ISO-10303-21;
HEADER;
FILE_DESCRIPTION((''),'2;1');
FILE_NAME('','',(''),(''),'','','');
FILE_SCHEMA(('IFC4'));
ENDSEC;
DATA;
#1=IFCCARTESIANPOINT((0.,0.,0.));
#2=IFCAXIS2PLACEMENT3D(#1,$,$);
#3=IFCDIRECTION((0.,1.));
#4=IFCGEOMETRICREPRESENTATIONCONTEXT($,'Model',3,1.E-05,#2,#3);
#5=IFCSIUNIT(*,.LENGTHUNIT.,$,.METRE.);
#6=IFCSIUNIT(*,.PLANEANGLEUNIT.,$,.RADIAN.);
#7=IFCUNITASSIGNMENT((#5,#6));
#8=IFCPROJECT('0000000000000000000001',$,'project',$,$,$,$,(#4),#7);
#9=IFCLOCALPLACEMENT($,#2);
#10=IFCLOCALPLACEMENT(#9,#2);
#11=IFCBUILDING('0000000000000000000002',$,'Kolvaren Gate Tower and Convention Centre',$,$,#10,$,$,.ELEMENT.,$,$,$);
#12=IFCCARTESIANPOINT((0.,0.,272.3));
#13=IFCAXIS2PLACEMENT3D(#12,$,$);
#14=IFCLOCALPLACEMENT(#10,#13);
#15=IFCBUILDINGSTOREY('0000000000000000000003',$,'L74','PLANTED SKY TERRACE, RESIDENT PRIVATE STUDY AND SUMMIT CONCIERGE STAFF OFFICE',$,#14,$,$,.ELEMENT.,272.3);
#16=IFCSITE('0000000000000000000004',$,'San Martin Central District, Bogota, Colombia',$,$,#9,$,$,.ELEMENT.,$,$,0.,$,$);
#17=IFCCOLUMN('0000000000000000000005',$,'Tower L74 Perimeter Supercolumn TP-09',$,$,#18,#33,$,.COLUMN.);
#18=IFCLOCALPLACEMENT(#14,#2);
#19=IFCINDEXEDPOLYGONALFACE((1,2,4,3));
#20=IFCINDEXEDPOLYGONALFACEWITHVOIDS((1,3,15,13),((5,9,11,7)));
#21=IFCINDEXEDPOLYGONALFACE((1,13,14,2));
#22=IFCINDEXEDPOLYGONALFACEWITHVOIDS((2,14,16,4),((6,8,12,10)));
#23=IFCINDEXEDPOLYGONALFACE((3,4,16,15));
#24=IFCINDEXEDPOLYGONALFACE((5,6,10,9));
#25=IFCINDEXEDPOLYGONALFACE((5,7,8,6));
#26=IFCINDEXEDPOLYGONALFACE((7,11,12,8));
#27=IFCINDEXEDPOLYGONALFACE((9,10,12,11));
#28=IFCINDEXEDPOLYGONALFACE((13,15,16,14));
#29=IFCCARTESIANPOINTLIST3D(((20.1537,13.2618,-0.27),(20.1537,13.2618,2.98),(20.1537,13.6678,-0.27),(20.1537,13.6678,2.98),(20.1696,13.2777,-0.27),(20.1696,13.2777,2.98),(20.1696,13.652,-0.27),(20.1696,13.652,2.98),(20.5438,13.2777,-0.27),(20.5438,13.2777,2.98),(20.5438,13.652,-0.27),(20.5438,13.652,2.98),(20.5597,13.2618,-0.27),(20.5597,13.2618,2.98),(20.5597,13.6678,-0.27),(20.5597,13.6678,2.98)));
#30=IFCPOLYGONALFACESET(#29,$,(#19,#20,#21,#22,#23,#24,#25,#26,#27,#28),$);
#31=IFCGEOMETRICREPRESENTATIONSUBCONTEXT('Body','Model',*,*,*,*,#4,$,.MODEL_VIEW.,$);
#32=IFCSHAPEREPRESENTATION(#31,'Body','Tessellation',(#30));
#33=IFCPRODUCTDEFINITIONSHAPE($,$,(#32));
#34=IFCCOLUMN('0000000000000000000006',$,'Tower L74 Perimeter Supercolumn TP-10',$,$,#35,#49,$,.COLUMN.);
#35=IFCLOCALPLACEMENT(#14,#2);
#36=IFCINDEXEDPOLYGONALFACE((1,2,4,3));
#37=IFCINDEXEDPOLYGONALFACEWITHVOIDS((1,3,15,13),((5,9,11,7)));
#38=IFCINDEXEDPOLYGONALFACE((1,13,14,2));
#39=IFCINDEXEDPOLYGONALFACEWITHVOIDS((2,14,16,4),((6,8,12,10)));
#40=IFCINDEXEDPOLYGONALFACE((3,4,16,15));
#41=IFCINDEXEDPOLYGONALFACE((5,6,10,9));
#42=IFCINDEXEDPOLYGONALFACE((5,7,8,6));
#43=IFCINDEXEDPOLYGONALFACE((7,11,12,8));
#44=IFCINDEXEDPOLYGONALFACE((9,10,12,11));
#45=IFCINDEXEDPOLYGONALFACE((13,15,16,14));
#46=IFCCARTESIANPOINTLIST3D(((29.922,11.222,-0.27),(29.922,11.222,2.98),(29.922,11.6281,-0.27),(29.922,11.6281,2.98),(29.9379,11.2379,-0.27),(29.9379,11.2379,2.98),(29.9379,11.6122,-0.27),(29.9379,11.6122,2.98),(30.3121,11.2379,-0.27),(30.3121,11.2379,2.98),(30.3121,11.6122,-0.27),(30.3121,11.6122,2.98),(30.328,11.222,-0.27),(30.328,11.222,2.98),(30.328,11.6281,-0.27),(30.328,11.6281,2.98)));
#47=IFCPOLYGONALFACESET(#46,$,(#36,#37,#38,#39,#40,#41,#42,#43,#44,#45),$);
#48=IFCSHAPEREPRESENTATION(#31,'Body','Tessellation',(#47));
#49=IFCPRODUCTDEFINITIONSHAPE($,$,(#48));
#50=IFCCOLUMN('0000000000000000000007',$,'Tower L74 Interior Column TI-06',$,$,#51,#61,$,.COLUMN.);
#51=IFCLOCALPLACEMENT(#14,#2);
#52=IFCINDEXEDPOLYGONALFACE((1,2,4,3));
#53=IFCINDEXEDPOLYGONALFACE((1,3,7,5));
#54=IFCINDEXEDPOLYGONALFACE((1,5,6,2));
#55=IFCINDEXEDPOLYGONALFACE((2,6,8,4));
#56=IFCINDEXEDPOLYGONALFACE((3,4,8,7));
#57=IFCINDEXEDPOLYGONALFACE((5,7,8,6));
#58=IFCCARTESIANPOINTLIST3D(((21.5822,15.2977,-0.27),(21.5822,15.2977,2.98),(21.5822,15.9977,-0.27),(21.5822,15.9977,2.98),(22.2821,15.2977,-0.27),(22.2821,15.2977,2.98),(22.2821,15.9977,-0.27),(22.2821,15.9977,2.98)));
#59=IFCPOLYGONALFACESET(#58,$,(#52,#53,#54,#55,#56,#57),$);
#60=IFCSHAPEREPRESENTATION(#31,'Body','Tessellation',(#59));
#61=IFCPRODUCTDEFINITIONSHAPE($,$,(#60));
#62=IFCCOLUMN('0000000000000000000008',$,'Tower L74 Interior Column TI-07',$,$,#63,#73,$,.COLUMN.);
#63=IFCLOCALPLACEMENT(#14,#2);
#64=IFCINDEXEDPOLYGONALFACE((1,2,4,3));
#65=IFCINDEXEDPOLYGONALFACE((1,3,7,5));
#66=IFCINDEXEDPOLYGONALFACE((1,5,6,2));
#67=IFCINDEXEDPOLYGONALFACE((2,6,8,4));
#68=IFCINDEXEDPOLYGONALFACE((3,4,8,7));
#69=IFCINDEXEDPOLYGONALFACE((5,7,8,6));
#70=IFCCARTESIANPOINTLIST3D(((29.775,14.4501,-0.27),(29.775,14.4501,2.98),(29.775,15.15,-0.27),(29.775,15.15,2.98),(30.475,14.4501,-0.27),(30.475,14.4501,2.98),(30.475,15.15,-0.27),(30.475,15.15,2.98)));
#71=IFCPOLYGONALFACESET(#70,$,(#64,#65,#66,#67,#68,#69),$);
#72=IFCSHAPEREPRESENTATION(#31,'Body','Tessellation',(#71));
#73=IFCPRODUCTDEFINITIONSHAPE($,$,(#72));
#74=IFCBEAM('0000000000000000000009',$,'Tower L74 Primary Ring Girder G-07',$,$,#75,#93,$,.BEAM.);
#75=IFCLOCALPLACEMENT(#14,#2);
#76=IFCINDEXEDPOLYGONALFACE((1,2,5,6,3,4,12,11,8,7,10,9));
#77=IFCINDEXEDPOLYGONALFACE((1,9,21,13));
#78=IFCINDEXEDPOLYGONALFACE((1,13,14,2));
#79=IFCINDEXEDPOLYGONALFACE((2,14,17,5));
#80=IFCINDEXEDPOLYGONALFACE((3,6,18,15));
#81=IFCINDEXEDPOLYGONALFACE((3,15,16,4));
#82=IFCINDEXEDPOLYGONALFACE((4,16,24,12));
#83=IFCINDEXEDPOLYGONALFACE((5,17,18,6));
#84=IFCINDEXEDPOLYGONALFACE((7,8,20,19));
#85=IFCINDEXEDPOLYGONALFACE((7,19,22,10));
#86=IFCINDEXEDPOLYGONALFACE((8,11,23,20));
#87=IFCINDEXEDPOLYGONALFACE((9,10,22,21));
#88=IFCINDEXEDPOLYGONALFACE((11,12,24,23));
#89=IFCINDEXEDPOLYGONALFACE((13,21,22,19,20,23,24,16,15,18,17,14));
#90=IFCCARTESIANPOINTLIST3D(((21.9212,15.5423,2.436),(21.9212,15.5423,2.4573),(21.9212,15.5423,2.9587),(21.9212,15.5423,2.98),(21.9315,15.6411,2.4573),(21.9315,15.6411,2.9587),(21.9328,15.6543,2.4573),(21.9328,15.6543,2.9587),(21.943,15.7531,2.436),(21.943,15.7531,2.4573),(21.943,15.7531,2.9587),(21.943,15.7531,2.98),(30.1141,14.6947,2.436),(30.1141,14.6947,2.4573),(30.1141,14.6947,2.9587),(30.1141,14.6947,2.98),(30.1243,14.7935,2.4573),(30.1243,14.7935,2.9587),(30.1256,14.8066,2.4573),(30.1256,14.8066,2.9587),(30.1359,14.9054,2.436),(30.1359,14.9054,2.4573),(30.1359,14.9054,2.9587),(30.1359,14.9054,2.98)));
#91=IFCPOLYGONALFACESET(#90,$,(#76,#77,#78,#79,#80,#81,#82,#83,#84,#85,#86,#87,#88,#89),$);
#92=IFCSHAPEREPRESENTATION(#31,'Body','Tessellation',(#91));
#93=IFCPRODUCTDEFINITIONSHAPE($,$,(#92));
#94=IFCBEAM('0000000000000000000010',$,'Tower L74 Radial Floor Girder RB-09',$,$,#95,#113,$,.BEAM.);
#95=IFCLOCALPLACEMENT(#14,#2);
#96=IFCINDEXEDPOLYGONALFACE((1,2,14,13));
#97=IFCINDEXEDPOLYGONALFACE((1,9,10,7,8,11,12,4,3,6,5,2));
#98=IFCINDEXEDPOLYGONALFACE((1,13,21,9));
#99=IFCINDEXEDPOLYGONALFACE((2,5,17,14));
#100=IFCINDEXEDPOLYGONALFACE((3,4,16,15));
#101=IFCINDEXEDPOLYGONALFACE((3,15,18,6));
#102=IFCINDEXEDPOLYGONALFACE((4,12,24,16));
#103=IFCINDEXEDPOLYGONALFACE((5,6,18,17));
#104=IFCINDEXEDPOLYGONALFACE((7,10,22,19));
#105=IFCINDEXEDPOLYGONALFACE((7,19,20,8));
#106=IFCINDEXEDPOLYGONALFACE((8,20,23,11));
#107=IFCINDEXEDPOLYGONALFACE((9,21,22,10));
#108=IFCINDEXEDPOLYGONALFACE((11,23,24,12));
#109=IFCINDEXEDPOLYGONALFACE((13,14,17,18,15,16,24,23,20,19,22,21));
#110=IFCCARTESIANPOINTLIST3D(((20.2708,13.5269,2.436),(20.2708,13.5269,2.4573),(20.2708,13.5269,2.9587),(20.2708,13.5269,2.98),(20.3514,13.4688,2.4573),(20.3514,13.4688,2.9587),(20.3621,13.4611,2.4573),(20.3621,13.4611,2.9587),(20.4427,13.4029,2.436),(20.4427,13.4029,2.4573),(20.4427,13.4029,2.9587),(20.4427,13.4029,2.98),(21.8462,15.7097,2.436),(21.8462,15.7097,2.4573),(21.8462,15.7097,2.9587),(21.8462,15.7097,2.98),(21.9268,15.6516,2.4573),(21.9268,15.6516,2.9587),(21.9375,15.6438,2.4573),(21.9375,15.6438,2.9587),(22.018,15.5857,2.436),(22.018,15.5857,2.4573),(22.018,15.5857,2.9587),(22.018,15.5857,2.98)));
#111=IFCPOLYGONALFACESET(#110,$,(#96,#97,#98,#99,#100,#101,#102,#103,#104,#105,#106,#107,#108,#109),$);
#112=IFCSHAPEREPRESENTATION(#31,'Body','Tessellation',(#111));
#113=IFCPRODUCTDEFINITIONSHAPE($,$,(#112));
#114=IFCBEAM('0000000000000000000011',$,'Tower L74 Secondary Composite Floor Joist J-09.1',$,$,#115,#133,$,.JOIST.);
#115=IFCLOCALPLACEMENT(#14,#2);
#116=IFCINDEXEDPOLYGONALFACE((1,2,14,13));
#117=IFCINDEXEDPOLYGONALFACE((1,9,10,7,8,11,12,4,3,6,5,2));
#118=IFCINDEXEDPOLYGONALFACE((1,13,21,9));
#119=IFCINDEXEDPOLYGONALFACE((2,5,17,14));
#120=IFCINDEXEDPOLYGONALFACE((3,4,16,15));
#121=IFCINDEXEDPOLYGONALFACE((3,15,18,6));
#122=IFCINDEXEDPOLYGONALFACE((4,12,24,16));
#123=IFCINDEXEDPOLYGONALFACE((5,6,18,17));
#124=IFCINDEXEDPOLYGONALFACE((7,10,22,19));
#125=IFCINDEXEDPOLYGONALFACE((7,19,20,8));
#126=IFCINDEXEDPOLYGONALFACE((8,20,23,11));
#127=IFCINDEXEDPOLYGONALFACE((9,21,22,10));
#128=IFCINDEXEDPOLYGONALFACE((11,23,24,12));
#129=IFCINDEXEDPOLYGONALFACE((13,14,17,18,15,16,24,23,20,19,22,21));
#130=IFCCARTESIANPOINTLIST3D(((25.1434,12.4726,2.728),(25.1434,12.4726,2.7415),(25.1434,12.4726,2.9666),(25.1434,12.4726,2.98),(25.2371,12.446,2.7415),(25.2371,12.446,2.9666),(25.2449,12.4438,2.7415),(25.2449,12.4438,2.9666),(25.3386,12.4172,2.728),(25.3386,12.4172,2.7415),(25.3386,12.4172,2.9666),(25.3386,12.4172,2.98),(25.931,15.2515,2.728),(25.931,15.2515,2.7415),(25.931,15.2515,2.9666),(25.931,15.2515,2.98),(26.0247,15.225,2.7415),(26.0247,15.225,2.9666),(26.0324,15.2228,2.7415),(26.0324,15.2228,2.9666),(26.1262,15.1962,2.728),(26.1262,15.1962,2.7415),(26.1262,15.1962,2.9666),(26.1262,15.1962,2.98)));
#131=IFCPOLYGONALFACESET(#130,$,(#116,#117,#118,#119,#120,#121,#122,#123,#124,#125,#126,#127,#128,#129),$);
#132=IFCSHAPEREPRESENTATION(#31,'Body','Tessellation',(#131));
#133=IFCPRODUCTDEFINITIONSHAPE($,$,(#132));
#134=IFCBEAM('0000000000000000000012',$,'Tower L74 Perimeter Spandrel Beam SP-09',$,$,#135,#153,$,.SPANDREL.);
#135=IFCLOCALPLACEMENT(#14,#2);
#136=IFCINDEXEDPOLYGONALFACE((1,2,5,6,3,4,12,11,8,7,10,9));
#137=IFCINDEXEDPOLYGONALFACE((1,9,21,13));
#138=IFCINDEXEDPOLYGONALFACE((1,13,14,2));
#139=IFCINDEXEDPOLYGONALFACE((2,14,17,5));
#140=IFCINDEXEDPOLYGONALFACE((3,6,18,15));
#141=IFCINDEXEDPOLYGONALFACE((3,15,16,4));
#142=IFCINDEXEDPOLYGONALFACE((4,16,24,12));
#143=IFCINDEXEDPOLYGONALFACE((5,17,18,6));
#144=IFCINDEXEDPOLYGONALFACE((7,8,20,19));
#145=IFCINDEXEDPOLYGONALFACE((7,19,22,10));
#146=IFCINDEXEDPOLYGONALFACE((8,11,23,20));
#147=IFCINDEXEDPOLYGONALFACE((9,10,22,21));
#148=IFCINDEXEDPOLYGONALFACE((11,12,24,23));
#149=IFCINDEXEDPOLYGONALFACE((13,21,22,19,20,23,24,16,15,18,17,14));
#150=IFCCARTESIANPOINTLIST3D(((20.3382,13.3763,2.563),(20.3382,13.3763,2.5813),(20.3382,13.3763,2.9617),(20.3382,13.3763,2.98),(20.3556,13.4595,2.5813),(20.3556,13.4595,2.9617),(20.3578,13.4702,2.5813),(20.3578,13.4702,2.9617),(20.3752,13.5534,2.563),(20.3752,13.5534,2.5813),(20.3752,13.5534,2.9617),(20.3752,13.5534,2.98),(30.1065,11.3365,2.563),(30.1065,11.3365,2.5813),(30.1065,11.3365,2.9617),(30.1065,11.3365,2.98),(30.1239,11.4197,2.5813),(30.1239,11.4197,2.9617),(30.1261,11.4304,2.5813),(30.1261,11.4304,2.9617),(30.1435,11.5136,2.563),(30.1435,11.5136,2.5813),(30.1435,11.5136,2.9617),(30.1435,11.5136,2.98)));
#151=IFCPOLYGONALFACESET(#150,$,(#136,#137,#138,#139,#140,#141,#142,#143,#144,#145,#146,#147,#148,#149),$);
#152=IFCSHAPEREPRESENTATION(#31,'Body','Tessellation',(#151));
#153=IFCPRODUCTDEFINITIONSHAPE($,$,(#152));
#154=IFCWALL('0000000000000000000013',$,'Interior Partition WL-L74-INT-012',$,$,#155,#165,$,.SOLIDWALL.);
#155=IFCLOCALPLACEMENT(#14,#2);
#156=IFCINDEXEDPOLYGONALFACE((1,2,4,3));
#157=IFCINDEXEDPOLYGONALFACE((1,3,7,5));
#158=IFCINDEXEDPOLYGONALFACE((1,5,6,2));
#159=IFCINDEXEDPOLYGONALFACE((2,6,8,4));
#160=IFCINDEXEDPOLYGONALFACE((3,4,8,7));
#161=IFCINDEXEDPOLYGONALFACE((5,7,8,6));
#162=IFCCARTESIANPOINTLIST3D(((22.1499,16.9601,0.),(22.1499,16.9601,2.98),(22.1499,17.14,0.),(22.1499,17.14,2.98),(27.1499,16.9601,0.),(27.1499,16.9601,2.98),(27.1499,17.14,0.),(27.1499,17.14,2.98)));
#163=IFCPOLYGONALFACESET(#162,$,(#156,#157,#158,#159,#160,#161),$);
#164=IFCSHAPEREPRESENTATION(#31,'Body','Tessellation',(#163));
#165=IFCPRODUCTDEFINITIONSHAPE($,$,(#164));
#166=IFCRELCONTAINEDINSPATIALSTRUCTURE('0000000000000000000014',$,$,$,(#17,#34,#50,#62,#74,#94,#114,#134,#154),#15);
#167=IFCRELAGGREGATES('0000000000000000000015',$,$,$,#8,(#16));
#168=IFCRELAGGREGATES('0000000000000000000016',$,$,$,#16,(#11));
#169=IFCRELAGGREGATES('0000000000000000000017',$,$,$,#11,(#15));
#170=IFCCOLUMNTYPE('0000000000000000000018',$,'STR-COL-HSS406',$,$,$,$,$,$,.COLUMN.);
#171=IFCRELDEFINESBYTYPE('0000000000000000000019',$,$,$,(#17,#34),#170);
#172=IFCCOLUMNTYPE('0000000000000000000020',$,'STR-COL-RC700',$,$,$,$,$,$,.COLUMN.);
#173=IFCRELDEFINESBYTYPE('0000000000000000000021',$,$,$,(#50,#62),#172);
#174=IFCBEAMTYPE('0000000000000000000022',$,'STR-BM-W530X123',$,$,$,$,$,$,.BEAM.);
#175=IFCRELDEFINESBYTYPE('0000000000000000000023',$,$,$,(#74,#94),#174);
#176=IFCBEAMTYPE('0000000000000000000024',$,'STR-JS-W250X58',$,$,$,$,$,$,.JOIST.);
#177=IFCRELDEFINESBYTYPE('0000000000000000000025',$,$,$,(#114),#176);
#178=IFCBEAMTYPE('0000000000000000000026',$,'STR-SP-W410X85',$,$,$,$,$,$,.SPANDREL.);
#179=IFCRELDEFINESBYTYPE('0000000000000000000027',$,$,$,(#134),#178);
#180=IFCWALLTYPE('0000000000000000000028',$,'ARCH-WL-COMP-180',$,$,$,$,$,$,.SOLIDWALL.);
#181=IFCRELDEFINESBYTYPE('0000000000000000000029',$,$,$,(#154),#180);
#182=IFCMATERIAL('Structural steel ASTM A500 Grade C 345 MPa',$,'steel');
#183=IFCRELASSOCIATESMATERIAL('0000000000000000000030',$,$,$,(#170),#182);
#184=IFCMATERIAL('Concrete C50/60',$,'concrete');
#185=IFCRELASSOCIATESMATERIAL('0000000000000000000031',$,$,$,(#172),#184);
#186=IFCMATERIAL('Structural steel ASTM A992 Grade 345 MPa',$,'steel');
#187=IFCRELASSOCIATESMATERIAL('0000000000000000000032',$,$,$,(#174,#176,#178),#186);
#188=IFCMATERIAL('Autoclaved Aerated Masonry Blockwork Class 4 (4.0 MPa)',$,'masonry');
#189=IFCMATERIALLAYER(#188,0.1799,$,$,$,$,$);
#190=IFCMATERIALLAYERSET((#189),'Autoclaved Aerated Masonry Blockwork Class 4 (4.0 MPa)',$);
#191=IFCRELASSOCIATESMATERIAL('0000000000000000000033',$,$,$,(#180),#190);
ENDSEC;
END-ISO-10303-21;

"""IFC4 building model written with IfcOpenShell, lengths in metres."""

from ifc_helpers import new_model, si_unit, direction, frame, frame_2d, origin, origin_2d, place, context, subcontext, project, spatial, rectangle, hollow_rectangle, i_section, extrude, material, layer, layer_set, material_profile, profile_set, type_object, element, save


model = new_model("IFC4")

# Units and contexts
model_context = context("Model", 3, precision=1e-05, world=origin(), true_north=direction((0.0, 1.0)))
body_context = subcontext(model_context, "Body", "Model", "MODEL_VIEW")
ifc_project = project(units=[si_unit("LENGTHUNIT", "METRE"), si_unit("PLANEANGLEUNIT", "RADIAN")], contexts=[model_context])

# Site, building, storey
site_placement = place(None, origin())
site = spatial("IfcSite", under=ifc_project, at=site_placement, Name="San Martin Central District, Bogota, Colombia", CompositionType="ELEMENT", RefElevation=0.0)
building_placement = place(site_placement, origin())
building = spatial("IfcBuilding", under=site, at=building_placement, Name="Kolvaren Gate Tower and Convention Centre", CompositionType="ELEMENT")
storey_placement = place(building_placement, frame((0.0, 0.0, 272.3)))
storey = spatial("IfcBuildingStorey", under=building, at=storey_placement, Name="L74", Description="PLANTED SKY TERRACE, RESIDENT PRIVATE STUDY AND SUMMIT CONCIERGE STAFF OFFICE", CompositionType="ELEMENT", Elevation=272.3)

# Columns
ifc_material_1 = material(Name="Structural steel ASTM A500 Grade C 345 MPa", Category="steel")
ifc_material_profile_1 = material_profile(ifc_material_1, hollow_rectangle(XDim=0.406, YDim=0.406, WallThickness=0.0159, at=origin_2d()), Name="HSS406X406X15.9")
ifc_profile_set_1 = profile_set([ifc_material_profile_1], Name="Structural steel ASTM A500 Grade C 345 MPa")
column_type_1 = type_object("IfcColumnType", Name="STR-COL-HSS406", PredefinedType="COLUMN", material=ifc_profile_set_1)
for number, where, z_axis, x_axis, name in (
    (1, (20.3567, 13.4648, -0.27), (0.0, 0.0, 1.0), (1.0, 0.0, 0.0), "Tower L74 Perimeter Supercolumn TP-09"),
    (2, (30.125, 11.425, -0.27), (0.0, 0.0, 1.0), (1.0, 0.0, 0.0), "Tower L74 Perimeter Supercolumn TP-10"),
):
    element("IfcColumn", number, at=place(storey_placement, frame(where, z_axis=z_axis, x_axis=x_axis)), inside=storey, type_object=column_type_1, Name=name, PredefinedType="COLUMN", context=body_context, shape_type="SweptSolid", body=[
        extrude(hollow_rectangle(XDim=0.406, YDim=0.406, WallThickness=0.0159, at=origin_2d()), origin(), (0.0, 0.0, 1.0), 3.25),
    ])
ifc_material_2 = material(Name="Concrete C50/60", Category="concrete")
ifc_material_profile_2 = material_profile(ifc_material_2, rectangle(XDim=0.7, YDim=0.7, at=origin_2d()), Name="RC-COL-700X700")
ifc_profile_set_2 = profile_set([ifc_material_profile_2], Name="Concrete C50/60")
column_type_2 = type_object("IfcColumnType", Name="STR-COL-RC700", PredefinedType="COLUMN", material=ifc_profile_set_2)
for number, where, z_axis, x_axis, name in (
    (3, (21.9321, 15.6477, -0.27), (0.0, 0.0, 1.0), (1.0, 0.0, 0.0), "Tower L74 Interior Column TI-06"),
    (4, (30.125, 14.8, -0.27), (0.0, 0.0, 1.0), (1.0, 0.0, 0.0), "Tower L74 Interior Column TI-07"),
):
    element("IfcColumn", number, at=place(storey_placement, frame(where, z_axis=z_axis, x_axis=x_axis)), inside=storey, type_object=column_type_2, Name=name, PredefinedType="COLUMN", context=body_context, shape_type="SweptSolid", body=[
        extrude(rectangle(XDim=0.7, YDim=0.7, at=origin_2d()), origin(), (0.0, 0.0, 1.0), 3.25),
    ])

# Beams
ifc_material_3 = material(Name="Structural steel ASTM A992 Grade 345 MPa", Category="steel")
ifc_material_profile_3 = material_profile(ifc_material_3, i_section(OverallWidth=0.2119, OverallDepth=0.5439, WebThickness=0.0132, FlangeThickness=0.0212, at=origin_2d()), Name="W530X123")
ifc_profile_set_3 = profile_set([ifc_material_profile_3], Name="Structural steel ASTM A992 Grade 345 MPa")
beam_type_1 = type_object("IfcBeamType", Name="STR-BM-W530X123", PredefinedType="BEAM", material=ifc_profile_set_3)
beam_1_placement = place(storey_placement, frame((21.9321, 15.6477, 2.708), z_axis=(0.99469, -0.102913, 0.0), x_axis=(0.102913, 0.99469, 0.0)))
element("IfcBeam", 5, at=beam_1_placement, inside=storey, type_object=beam_type_1, Name="Tower L74 Primary Ring Girder G-07", PredefinedType="BEAM", context=body_context, shape_type="SweptSolid", body=[
    extrude(i_section(OverallWidth=0.2119, OverallDepth=0.5439, WebThickness=0.0132, FlangeThickness=0.0212, at=origin_2d()), origin(), (0.0, 0.0, 1.0), 8.2366),
])
beam_2_placement = place(storey_placement, frame((21.9321, 15.6477, 2.708), z_axis=(-0.585229, -0.810868, 0.0), x_axis=(0.810868, -0.585229, 0.0)))
element("IfcBeam", 6, at=beam_2_placement, inside=storey, type_object=beam_type_1, Name="Tower L74 Radial Floor Girder RB-09", PredefinedType="BEAM", context=body_context, shape_type="SweptSolid", body=[
    extrude(i_section(OverallWidth=0.2119, OverallDepth=0.5439, WebThickness=0.0132, FlangeThickness=0.0212, at=origin_2d()), origin(), (0.0, 0.0, 1.0), 2.6919),
])
ifc_material_profile_4 = material_profile(ifc_material_3, i_section(OverallWidth=0.2029, OverallDepth=0.252, WebThickness=0.0081, FlangeThickness=0.0134, at=origin_2d()), Name="W250X58")
ifc_profile_set_4 = profile_set([ifc_material_profile_4], Name="Structural steel ASTM A992 Grade 345 MPa")
beam_type_2 = type_object("IfcBeamType", Name="STR-JS-W250X58", PredefinedType="JOIST", material=ifc_profile_set_4)
beam_3_placement = place(storey_placement, frame((26.0286, 15.2239, 2.854), z_axis=(-0.272666, -0.962109, 0.0), x_axis=(0.962109, -0.272666, 0.0)))
element("IfcBeam", 7, at=beam_3_placement, inside=storey, type_object=beam_type_2, Name="Tower L74 Secondary Composite Floor Joist J-09.1", PredefinedType="JOIST", context=body_context, shape_type="SweptSolid", body=[
    extrude(i_section(OverallWidth=0.2029, OverallDepth=0.252, WebThickness=0.0081, FlangeThickness=0.0134, at=origin_2d()), origin(), (0.0, 0.0, 1.0), 2.8884),
])
ifc_material_profile_5 = material_profile(ifc_material_3, i_section(OverallWidth=0.1809, OverallDepth=0.417, WebThickness=0.011, FlangeThickness=0.0183, at=origin_2d()), Name="W410X85")
ifc_profile_set_5 = profile_set([ifc_material_profile_5], Name="Structural steel ASTM A992 Grade 345 MPa")
beam_type_3 = type_object("IfcBeamType", Name="STR-SP-W410X85", PredefinedType="SPANDREL", material=ifc_profile_set_5)
beam_4_placement = place(storey_placement, frame((20.3567, 13.4648, 2.7715), z_axis=(0.978886, -0.204409, 0.0), x_axis=(0.204409, 0.978886, 0.0)))
element("IfcBeam", 8, at=beam_4_placement, inside=storey, type_object=beam_type_3, Name="Tower L74 Perimeter Spandrel Beam SP-09", PredefinedType="SPANDREL", context=body_context, shape_type="SweptSolid", body=[
    extrude(i_section(OverallWidth=0.1809, OverallDepth=0.417, WebThickness=0.011, FlangeThickness=0.0183, at=origin_2d()), origin(), (0.0, 0.0, 1.0), 9.979),
])

# Wall
ifc_material_4 = material(Name="Autoclaved Aerated Masonry Blockwork Class 4 (4.0 MPa)", Category="masonry")
ifc_layer_1 = layer(ifc_material_4, 0.1799)
ifc_layer_set_1 = layer_set([ifc_layer_1], Name="Autoclaved Aerated Masonry Blockwork Class 4 (4.0 MPa)")
wall_type_1 = type_object("IfcWallType", Name="ARCH-WL-COMP-180", PredefinedType="SOLIDWALL", material=ifc_layer_set_1)
wall_1_placement = place(storey_placement, frame((22.1499, 17.05, 0.0), z_axis=(0.0, 0.0, 1.0), x_axis=(1.0, 0.0, 0.0)))
element("IfcWall", 9, at=wall_1_placement, inside=storey, type_object=wall_type_1, Name="Interior Partition WL-L74-INT-012", PredefinedType="SOLIDWALL", context=body_context, shape_type="SweptSolid", body=[
    extrude(rectangle(XDim=5.0, YDim=0.1799, at=frame_2d((2.5, 0.0))), origin(), (0.0, 0.0, 1.0), 2.98),
])

save(model, "model.ifc")
